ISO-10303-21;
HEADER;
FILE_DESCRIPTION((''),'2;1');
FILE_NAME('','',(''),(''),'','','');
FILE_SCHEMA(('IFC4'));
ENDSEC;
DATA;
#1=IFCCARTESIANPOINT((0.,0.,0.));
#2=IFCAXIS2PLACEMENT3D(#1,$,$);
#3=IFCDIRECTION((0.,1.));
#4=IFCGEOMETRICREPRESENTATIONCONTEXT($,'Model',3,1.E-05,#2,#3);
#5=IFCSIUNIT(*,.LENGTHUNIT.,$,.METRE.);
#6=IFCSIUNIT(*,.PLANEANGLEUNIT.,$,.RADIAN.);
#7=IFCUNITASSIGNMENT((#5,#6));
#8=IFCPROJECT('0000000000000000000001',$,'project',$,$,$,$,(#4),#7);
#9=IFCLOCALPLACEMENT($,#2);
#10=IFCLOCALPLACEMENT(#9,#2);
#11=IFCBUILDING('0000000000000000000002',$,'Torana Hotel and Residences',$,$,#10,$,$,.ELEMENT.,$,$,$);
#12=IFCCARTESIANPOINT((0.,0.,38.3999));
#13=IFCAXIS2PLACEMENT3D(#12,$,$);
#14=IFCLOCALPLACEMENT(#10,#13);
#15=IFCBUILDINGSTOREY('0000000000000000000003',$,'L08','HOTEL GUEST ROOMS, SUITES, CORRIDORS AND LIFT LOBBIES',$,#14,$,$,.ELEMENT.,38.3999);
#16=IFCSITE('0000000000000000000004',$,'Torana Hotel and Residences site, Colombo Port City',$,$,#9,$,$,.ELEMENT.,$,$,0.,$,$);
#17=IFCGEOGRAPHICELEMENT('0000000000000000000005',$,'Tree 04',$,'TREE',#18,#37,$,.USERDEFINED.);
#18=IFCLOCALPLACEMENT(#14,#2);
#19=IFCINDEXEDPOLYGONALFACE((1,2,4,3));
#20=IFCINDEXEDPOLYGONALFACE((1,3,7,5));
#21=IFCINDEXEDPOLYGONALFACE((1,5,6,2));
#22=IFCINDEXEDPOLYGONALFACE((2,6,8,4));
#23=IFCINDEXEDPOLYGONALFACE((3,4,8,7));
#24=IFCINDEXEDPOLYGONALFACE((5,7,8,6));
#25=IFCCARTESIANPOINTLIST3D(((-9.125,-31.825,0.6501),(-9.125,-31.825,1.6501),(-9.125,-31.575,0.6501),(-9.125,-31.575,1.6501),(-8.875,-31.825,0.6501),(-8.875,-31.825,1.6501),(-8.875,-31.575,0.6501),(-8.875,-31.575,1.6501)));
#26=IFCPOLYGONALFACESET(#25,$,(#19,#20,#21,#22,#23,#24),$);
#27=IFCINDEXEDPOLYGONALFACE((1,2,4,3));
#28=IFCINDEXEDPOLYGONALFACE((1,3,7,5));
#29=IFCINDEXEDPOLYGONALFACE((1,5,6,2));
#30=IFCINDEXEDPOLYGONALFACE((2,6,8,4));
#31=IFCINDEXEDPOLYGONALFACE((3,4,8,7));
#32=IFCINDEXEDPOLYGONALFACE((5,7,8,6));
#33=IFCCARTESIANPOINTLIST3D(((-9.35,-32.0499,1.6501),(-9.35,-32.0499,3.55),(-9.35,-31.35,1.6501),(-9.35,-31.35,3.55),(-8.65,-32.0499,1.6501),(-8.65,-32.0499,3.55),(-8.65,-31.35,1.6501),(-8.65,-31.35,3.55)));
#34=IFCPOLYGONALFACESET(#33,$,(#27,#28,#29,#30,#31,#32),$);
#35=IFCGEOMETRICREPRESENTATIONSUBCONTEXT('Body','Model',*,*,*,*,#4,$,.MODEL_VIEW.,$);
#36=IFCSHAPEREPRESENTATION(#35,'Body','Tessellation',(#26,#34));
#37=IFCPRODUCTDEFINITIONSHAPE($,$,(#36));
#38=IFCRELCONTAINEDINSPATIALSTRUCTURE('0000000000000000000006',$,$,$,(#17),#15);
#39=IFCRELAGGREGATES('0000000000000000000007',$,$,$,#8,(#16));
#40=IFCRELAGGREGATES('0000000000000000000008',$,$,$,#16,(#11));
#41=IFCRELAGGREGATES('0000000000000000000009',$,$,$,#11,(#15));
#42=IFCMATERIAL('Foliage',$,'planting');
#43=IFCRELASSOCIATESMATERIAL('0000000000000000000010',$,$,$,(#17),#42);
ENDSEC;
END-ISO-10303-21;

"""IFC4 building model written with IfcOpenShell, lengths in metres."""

from ifc_helpers import new_model, si_unit, direction, frame, origin, origin_2d, place, context, subcontext, project, spatial, rectangle, extrude, material, element, save


model = new_model("IFC4")

# Units and contexts
model_context = context("Model", 3, precision=1e-05, world=origin(), true_north=direction((0.0, 1.0)))
body_context = subcontext(model_context, "Body", "Model", "MODEL_VIEW")
ifc_project = project(units=[si_unit("LENGTHUNIT", "METRE"), si_unit("PLANEANGLEUNIT", "RADIAN")], contexts=[model_context])

# Site, building, storey
site_placement = place(None, origin())
site = spatial("IfcSite", under=ifc_project, at=site_placement, Name="Torana Hotel and Residences site, Colombo Port City", CompositionType="ELEMENT", RefElevation=0.0)
building_placement = place(site_placement, origin())
building = spatial("IfcBuilding", under=site, at=building_placement, Name="Torana Hotel and Residences", CompositionType="ELEMENT")
storey_placement = place(building_placement, frame((0.0, 0.0, 38.3999)))
storey = spatial("IfcBuildingStorey", under=building, at=storey_placement, Name="L08", Description="HOTEL GUEST ROOMS, SUITES, CORRIDORS AND LIFT LOBBIES", CompositionType="ELEMENT", Elevation=38.3999)

# Geographic element
ifc_material_1 = material(Name="Foliage", Category="planting")
for number, where, z_axis, x_axis, name in (
    (1, (-9.0, -31.7, 0.6501), (0.0, 0.0, 1.0), (1.0, 0.0, 0.0), "Tree 04"),
):
    element("IfcGeographicElement", number, at=place(storey_placement, frame(where, z_axis=z_axis, x_axis=x_axis)), inside=storey, material=ifc_material_1, Name=name, ObjectType="TREE", PredefinedType="USERDEFINED", context=body_context, shape_type="SweptSolid", body=[
        extrude(rectangle(XDim=0.25, YDim=0.25, at=origin_2d()), origin(), (0.0, 0.0, 1.0), 1.0),
        extrude(rectangle(XDim=0.7, YDim=0.7, at=origin_2d()), frame((0.0, 0.0, 1.0)), (0.0, 0.0, 1.0), 1.8999),
    ])

save(model, "model.ifc")
